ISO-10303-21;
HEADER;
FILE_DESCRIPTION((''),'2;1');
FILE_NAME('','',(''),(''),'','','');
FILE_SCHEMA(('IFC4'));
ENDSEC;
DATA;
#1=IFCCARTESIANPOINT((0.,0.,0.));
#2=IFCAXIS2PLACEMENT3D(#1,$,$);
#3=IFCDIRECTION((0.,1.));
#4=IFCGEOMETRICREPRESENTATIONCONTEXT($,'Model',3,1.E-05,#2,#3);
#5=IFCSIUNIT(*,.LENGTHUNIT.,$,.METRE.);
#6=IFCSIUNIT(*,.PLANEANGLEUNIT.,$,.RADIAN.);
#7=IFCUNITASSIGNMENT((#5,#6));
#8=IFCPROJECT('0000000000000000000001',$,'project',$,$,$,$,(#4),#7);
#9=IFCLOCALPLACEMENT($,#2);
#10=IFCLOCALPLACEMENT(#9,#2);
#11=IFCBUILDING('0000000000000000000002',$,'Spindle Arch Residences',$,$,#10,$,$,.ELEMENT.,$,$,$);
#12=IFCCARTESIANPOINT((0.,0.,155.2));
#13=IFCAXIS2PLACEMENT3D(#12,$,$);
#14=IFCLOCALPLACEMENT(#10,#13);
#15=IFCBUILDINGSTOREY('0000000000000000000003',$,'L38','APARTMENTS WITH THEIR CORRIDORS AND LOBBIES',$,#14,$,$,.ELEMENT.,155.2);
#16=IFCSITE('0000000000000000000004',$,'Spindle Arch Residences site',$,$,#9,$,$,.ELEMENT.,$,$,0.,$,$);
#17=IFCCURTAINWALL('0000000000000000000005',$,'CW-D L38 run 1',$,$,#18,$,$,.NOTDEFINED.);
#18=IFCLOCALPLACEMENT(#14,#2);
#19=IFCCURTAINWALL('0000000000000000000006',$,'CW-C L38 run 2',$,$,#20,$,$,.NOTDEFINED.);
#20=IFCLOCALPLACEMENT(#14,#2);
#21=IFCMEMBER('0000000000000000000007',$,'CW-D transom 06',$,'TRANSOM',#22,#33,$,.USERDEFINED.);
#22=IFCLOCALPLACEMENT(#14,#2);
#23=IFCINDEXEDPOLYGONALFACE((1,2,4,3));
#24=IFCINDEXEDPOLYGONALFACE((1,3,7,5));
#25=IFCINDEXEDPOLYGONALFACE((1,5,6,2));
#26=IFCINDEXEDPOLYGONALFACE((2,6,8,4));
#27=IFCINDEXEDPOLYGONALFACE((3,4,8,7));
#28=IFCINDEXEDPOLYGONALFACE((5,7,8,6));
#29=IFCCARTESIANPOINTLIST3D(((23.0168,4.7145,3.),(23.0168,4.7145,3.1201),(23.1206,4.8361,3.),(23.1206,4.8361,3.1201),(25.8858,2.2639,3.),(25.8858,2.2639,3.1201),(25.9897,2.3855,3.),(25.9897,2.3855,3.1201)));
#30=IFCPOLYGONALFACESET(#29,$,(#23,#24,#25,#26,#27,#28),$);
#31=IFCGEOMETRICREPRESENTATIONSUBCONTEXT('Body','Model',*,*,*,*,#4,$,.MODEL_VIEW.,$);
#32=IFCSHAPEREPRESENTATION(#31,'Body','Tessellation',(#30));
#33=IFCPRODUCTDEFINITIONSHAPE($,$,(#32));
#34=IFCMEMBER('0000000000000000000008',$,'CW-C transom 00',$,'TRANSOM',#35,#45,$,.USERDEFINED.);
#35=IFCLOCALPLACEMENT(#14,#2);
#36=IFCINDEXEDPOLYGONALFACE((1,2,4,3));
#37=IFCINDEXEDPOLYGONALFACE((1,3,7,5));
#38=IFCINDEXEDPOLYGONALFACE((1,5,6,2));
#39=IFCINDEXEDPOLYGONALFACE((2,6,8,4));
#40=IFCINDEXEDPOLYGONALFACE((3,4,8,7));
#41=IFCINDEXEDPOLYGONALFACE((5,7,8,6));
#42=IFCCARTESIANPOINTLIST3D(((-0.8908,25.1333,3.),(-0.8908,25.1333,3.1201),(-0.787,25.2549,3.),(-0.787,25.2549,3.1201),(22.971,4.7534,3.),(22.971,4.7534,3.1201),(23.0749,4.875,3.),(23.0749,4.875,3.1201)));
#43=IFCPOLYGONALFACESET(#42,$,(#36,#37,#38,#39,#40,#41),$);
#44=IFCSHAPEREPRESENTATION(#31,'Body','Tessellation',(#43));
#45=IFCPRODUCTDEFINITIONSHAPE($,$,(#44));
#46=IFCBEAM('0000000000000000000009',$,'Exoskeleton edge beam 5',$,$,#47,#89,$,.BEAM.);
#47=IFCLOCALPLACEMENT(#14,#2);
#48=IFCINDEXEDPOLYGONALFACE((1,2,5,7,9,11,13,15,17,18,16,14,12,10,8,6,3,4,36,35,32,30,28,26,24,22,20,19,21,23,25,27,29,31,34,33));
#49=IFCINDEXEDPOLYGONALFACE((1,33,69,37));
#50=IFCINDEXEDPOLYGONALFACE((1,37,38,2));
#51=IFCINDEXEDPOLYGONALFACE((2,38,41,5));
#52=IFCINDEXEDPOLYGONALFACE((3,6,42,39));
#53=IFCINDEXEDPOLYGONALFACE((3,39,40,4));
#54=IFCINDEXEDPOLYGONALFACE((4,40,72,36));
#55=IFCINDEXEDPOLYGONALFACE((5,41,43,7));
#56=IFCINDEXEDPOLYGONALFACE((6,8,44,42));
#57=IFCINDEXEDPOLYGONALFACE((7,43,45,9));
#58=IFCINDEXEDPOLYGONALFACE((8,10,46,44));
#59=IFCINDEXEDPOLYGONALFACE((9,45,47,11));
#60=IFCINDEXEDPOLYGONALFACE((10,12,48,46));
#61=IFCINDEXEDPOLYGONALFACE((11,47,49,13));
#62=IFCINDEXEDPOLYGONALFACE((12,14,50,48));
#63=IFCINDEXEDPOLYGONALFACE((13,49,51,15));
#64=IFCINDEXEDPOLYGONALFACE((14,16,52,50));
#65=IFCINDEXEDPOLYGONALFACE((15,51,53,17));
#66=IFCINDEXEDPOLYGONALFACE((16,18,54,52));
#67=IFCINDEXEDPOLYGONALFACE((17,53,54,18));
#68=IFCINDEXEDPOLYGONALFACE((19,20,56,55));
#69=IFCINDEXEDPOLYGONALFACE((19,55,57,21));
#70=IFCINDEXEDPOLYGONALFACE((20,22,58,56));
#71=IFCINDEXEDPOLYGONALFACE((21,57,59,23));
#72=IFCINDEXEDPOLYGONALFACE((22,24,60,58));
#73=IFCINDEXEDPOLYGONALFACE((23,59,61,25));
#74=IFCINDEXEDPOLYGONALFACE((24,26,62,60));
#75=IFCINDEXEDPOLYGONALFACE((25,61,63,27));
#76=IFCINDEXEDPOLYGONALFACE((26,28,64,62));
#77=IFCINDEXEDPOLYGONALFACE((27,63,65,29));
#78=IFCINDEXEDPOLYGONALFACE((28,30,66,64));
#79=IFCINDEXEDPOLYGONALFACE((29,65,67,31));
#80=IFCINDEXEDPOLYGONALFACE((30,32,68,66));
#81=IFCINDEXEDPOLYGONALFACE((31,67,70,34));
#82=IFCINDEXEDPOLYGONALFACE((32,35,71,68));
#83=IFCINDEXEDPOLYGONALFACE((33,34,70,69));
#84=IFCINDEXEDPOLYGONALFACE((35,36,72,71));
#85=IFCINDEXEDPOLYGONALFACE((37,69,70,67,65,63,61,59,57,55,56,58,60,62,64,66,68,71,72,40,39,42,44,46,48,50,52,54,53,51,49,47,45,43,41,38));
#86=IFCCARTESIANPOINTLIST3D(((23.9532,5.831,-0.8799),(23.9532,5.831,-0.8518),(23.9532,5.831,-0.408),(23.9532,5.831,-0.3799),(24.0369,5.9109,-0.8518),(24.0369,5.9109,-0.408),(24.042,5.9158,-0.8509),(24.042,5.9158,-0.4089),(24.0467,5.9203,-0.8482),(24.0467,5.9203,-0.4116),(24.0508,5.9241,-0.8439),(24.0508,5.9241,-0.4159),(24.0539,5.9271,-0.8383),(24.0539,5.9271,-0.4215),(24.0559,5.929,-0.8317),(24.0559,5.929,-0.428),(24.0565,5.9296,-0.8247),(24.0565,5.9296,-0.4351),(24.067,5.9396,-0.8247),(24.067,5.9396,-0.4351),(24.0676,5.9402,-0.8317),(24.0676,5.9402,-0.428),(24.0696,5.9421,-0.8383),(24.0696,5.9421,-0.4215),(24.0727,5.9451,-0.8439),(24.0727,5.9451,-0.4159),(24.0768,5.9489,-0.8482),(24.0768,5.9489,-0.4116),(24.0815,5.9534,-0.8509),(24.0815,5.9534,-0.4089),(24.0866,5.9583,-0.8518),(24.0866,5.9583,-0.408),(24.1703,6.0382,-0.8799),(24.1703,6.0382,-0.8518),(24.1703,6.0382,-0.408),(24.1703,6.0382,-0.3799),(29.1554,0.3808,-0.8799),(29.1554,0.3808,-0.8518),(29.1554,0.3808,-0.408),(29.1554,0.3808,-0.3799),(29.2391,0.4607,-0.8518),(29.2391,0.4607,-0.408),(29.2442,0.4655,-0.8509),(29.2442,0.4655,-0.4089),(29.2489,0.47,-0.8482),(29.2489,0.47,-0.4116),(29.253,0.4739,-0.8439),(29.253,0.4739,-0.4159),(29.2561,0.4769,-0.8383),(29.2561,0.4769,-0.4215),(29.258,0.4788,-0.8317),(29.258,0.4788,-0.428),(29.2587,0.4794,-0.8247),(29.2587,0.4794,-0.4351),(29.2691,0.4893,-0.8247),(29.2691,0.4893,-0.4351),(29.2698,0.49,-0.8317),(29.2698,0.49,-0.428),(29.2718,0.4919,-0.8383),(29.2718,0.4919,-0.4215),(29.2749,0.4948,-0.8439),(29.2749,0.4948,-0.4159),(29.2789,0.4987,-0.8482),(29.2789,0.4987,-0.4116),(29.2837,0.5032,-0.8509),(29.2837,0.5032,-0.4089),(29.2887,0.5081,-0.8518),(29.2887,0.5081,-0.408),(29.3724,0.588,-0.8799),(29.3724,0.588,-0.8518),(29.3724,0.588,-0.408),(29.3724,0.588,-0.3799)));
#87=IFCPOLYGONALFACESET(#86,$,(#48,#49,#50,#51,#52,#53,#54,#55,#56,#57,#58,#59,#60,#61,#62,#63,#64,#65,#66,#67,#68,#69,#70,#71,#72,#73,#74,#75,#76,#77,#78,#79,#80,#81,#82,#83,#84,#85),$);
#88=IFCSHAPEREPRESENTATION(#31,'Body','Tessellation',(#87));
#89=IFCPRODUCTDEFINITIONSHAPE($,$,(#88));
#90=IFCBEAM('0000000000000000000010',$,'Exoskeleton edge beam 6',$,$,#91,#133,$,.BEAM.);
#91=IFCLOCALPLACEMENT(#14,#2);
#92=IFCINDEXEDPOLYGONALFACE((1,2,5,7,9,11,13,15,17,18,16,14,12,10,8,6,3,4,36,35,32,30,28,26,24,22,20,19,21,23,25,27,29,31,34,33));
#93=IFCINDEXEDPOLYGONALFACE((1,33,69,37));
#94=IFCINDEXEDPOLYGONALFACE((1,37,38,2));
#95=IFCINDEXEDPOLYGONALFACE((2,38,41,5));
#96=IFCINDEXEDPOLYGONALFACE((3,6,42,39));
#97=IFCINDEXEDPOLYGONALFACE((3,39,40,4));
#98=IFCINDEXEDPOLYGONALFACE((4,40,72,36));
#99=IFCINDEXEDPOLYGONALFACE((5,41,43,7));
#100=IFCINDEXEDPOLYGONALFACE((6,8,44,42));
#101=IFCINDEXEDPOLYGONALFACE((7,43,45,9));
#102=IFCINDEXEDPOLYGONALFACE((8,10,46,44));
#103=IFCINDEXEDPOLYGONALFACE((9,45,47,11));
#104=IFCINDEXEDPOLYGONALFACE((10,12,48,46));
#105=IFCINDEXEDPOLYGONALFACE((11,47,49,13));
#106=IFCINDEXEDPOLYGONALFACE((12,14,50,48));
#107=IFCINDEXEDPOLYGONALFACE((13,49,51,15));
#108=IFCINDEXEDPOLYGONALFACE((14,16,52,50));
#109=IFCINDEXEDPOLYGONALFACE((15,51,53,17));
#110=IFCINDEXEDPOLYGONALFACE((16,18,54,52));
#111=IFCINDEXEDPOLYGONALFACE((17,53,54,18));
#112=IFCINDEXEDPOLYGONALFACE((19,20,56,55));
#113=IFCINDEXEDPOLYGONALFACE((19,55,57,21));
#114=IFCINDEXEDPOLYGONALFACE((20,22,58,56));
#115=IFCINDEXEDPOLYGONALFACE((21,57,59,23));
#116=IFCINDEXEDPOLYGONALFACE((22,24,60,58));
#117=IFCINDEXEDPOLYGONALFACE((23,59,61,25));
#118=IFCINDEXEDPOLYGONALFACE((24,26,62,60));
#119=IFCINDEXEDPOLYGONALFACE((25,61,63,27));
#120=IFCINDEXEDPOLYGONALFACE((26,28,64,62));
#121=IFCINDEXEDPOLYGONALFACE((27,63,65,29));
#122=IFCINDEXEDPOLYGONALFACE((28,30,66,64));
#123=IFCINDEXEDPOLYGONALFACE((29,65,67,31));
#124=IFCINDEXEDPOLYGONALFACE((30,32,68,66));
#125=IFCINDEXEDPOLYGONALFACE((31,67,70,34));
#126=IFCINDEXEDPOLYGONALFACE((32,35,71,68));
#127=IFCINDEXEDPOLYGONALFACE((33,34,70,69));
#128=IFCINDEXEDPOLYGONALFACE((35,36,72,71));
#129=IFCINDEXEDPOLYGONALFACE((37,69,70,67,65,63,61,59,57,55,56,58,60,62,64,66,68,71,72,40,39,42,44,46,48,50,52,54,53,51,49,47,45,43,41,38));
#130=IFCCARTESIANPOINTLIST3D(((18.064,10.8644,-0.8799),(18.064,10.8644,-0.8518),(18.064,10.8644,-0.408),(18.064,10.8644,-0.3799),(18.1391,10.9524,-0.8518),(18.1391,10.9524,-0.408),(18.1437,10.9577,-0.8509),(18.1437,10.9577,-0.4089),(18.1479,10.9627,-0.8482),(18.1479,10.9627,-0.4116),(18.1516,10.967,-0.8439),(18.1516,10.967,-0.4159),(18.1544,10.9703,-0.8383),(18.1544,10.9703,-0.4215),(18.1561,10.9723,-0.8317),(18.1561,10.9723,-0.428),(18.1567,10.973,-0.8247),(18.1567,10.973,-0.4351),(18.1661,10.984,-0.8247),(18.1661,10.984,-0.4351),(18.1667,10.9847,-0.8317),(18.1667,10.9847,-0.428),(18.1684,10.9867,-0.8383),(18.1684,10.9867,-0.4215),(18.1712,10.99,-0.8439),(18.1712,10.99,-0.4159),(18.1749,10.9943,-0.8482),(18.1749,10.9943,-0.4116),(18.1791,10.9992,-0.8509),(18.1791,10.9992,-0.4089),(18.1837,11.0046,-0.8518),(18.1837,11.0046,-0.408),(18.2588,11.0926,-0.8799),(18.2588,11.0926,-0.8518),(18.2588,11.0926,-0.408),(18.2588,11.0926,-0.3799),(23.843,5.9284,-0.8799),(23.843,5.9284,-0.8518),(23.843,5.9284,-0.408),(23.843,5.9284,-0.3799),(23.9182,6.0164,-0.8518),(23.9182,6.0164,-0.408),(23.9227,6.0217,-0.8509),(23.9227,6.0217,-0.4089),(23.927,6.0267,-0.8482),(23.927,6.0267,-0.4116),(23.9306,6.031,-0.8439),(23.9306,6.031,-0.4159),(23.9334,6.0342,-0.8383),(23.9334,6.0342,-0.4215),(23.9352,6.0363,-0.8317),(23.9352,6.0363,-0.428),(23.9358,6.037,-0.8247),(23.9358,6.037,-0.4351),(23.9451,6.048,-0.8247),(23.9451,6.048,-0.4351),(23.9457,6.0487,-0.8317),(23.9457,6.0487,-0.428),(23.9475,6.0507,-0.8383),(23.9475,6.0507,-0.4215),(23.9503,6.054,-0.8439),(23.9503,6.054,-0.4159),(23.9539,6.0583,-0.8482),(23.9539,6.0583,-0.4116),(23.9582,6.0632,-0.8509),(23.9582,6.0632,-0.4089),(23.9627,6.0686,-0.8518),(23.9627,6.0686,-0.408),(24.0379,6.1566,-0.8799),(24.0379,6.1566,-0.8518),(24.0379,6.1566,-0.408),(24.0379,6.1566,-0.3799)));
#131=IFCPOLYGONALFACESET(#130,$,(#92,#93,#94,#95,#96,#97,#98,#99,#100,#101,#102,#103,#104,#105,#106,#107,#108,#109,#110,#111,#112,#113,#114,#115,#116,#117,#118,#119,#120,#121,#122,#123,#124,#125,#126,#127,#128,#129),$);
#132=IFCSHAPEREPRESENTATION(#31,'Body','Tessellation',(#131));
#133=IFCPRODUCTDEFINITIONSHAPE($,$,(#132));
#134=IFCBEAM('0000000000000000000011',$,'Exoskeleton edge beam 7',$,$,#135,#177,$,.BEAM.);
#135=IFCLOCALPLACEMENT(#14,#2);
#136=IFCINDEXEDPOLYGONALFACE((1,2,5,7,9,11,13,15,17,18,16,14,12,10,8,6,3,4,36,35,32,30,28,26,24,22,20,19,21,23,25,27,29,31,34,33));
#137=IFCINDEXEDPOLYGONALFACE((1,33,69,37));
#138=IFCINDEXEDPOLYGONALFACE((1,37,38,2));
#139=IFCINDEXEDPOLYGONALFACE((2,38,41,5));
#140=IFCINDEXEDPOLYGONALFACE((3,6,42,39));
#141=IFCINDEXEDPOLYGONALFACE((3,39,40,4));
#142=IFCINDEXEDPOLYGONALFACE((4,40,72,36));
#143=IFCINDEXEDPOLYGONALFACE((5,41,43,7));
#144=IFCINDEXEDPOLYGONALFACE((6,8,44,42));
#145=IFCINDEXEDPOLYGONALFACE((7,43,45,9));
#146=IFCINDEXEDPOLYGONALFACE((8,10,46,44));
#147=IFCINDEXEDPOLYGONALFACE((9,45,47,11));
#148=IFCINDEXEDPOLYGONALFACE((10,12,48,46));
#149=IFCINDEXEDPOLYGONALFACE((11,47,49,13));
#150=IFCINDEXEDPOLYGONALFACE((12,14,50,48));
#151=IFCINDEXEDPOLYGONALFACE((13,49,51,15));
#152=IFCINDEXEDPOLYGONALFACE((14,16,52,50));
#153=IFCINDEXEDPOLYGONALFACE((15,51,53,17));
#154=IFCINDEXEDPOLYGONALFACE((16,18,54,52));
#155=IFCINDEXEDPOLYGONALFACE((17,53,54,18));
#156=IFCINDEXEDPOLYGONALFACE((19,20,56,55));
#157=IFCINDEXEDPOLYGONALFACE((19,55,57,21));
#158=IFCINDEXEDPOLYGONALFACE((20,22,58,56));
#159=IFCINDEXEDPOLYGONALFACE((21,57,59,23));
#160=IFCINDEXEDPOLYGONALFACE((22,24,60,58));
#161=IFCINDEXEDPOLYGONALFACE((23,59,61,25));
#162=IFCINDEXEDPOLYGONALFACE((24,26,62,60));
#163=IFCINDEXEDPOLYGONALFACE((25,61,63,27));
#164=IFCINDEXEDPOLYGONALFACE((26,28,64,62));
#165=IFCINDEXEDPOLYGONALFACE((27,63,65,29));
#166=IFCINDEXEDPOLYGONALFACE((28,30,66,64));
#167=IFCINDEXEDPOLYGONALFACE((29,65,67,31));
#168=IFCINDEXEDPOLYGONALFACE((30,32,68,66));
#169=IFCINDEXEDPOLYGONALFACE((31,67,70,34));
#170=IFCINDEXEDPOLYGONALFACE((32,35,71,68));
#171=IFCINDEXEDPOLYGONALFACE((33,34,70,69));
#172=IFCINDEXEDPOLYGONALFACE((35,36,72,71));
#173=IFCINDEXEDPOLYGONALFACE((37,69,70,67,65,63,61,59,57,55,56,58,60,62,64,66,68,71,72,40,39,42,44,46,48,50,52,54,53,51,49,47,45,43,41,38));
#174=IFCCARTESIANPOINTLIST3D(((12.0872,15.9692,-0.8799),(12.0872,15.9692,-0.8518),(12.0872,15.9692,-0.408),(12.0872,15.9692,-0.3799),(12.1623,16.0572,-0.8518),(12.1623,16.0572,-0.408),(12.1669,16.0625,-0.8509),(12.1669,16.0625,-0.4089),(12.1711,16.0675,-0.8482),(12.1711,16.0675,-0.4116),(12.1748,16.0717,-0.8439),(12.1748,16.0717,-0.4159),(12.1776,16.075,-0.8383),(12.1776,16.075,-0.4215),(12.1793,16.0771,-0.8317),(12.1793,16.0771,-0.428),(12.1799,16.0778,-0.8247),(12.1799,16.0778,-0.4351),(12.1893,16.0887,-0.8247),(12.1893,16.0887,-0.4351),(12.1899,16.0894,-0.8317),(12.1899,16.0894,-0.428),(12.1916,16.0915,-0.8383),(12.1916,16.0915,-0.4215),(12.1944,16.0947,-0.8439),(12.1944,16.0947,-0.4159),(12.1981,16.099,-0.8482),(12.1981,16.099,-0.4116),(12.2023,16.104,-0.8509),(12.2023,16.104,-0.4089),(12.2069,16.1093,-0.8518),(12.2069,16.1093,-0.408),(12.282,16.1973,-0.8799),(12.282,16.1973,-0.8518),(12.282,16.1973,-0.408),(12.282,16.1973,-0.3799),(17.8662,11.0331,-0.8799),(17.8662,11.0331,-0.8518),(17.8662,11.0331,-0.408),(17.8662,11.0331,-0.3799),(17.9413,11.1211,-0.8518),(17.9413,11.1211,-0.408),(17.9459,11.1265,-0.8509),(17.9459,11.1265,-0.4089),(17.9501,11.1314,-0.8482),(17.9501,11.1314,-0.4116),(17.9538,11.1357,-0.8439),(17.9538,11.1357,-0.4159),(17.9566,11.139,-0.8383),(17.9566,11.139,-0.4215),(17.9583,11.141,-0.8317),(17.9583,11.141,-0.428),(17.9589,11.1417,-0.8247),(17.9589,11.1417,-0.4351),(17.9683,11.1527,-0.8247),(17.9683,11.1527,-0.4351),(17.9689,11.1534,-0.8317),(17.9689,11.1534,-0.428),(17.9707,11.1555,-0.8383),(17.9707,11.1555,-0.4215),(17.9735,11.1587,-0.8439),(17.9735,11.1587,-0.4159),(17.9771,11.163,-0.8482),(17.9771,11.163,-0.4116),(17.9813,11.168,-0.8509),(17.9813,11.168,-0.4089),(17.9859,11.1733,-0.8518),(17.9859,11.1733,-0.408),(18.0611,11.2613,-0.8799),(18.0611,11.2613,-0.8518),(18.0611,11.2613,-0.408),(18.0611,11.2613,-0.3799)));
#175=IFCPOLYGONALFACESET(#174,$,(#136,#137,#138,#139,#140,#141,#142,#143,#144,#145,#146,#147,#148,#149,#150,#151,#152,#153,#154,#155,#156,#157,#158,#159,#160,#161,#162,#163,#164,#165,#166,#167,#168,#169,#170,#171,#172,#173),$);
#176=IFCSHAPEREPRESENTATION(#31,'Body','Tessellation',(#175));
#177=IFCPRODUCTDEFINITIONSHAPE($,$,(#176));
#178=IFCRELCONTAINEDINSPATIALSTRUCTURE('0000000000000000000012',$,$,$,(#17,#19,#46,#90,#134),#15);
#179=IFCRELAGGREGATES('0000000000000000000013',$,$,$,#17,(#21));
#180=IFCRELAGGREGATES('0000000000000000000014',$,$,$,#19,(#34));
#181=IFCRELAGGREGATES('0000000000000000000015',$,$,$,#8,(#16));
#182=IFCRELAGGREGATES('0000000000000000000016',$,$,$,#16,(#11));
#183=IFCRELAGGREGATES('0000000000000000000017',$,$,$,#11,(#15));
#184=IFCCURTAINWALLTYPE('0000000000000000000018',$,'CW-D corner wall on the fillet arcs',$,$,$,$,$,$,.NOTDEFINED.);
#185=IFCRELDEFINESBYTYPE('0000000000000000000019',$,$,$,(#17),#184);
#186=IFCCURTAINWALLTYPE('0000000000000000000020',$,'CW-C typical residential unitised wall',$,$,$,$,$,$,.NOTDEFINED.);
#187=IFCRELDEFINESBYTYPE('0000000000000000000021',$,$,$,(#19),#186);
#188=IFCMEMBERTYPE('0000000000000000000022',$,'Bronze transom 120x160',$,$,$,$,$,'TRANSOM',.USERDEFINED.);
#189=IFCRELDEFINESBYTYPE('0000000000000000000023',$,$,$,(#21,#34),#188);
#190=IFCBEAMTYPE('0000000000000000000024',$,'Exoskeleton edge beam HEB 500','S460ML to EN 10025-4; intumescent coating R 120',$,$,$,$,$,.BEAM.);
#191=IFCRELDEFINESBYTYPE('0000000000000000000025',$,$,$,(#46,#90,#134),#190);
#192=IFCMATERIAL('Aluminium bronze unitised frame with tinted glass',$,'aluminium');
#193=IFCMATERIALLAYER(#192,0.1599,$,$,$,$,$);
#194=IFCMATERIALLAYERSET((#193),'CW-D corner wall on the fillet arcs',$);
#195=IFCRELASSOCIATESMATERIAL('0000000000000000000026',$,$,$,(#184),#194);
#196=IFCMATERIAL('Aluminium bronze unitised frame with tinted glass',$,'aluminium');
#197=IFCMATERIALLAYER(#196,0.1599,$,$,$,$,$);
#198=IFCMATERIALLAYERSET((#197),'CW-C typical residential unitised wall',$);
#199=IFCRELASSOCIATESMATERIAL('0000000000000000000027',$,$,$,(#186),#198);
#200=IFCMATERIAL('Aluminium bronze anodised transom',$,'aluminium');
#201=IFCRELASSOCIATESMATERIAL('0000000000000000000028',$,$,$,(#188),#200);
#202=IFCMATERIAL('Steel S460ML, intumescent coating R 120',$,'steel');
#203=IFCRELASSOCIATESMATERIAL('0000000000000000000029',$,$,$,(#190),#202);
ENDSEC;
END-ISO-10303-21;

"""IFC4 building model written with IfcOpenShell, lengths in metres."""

from ifc_helpers import new_model, si_unit, direction, frame, origin, origin_2d, place, context, subcontext, project, spatial, rectangle, i_section, extrude, material, layer, layer_set, material_profile, profile_set, type_object, element, aggregate, save


model = new_model("IFC4")

# Units and contexts
model_context = context("Model", 3, precision=1e-05, world=origin(), true_north=direction((0.0, 1.0)))
body_context = subcontext(model_context, "Body", "Model", "MODEL_VIEW")
ifc_project = project(units=[si_unit("LENGTHUNIT", "METRE"), si_unit("PLANEANGLEUNIT", "RADIAN")], contexts=[model_context])

# Site, building, storey
site_placement = place(None, origin())
site = spatial("IfcSite", under=ifc_project, at=site_placement, Name="Spindle Arch Residences site", CompositionType="ELEMENT", RefElevation=0.0)
building_placement = place(site_placement, origin())
building = spatial("IfcBuilding", under=site, at=building_placement, Name="Spindle Arch Residences", CompositionType="ELEMENT")
storey_placement = place(building_placement, frame((0.0, 0.0, 155.2)))
storey = spatial("IfcBuildingStorey", under=building, at=storey_placement, Name="L38", Description="APARTMENTS WITH THEIR CORRIDORS AND LOBBIES", CompositionType="ELEMENT", Elevation=155.2)

# Curtain wall
ifc_material_1 = material(Name="Aluminium bronze unitised frame with tinted glass", Category="aluminium")
ifc_layer_1 = layer(ifc_material_1, 0.1599)
ifc_layer_set_1 = layer_set([ifc_layer_1], Name="CW-D corner wall on the fillet arcs")
curtain_wall_type_1 = type_object("IfcCurtainWallType", Name="CW-D corner wall on the fillet arcs", PredefinedType="NOTDEFINED", material=ifc_layer_set_1)
curtain_wall_1_placement = place(storey_placement, origin())
curtain_wall_1 = element("IfcCurtainWall", 1, at=curtain_wall_1_placement, inside=storey, type_object=curtain_wall_type_1, Name="CW-D L38 run 1", PredefinedType="NOTDEFINED")

# Curtain wall
ifc_material_2 = material(Name="Aluminium bronze unitised frame with tinted glass", Category="aluminium")
ifc_layer_2 = layer(ifc_material_2, 0.1599)
ifc_layer_set_2 = layer_set([ifc_layer_2], Name="CW-C typical residential unitised wall")
curtain_wall_type_2 = type_object("IfcCurtainWallType", Name="CW-C typical residential unitised wall", PredefinedType="NOTDEFINED", material=ifc_layer_set_2)
curtain_wall_2_placement = place(storey_placement, origin())
curtain_wall_2 = element("IfcCurtainWall", 2, at=curtain_wall_2_placement, inside=storey, type_object=curtain_wall_type_2, Name="CW-C L38 run 2", PredefinedType="NOTDEFINED")

# Members
ifc_material_3 = material(Name="Aluminium bronze anodised transom", Category="aluminium")
ifc_material_profile_1 = material_profile(ifc_material_3, rectangle(XDim=0.1599, YDim=0.1201, at=origin_2d()), Name="TR 120x160")
ifc_profile_set_1 = profile_set([ifc_material_profile_1], Name="Aluminium bronze anodised transom")
member_type_1 = type_object("IfcMemberType", Name="Bronze transom 120x160", ElementType="TRANSOM", PredefinedType="USERDEFINED", material=ifc_profile_set_1)
member_1_placement = place(storey_placement, frame((25.9377, 2.3247, 3.0601), z_axis=(-0.760379, 0.64948, 0.0), x_axis=(-0.64948, -0.760379, 0.0)))
member_1 = element("IfcMember", 3, at=member_1_placement, type_object=member_type_1, Name="CW-D transom 06", ObjectType="TRANSOM", PredefinedType="USERDEFINED", context=body_context, shape_type="SweptSolid", body=[
    extrude(rectangle(XDim=0.1599, YDim=0.1201, at=origin_2d()), origin(), (0.0, 0.0, 1.0), 3.7732),
])
member_2_placement = place(storey_placement, frame((23.0229, 4.8142, 3.0601), z_axis=(-0.760406, 0.649447, 0.0), x_axis=(-0.649447, -0.760406, 0.0)))
member_2 = element("IfcMember", 4, at=member_2_placement, type_object=member_type_1, Name="CW-C transom 00", ObjectType="TRANSOM", PredefinedType="USERDEFINED", context=body_context, shape_type="SweptSolid", body=[
    extrude(rectangle(XDim=0.1599, YDim=0.1201, at=origin_2d()), origin(), (0.0, 0.0, 1.0), 31.3804),
])

# Beams
ifc_material_4 = material(Name="Steel S460ML, intumescent coating R 120", Category="steel")
ifc_material_profile_2 = material_profile(ifc_material_4, i_section(OverallWidth=0.3, OverallDepth=0.5, WebThickness=0.0144, FlangeThickness=0.0281, FilletRadius=0.0271, at=origin_2d()), Name="HEB 500")
ifc_profile_set_2 = profile_set([ifc_material_profile_2], Name="Steel S460ML, intumescent coating R 120")
beam_type_1 = type_object("IfcBeamType", Name="Exoskeleton edge beam HEB 500", Description="S460ML to EN 10025-4; intumescent coating R 120", PredefinedType="BEAM", material=ifc_profile_set_2)
beam_1_placement = place(storey_placement, frame((29.2639, 0.4844, -0.6299), z_axis=(-0.690454, 0.723376, 0.0), x_axis=(-0.723376, -0.690454, 0.0)))
element("IfcBeam", 5, at=beam_1_placement, inside=storey, type_object=beam_type_1, Name="Exoskeleton edge beam 5", PredefinedType="BEAM", context=body_context, shape_type="SweptSolid", body=[
    extrude(i_section(OverallWidth=0.3, OverallDepth=0.5, WebThickness=0.0144, FlangeThickness=0.0281, FilletRadius=0.0271, at=origin_2d()), origin(), (0.0, 0.0, 1.0), 7.5344),
])
for number, where, z_axis, x_axis, name in (
    (6, (23.9404, 6.0425, -0.6299), (-0.760389, 0.649468, 0.0), (-0.649468, -0.760389, 0.0), "Exoskeleton edge beam 6"),
    (7, (17.9636, 11.1472, -0.6299), (-0.760389, 0.649468, 0.0), (-0.649468, -0.760389, 0.0), "Exoskeleton edge beam 7"),
):
    element("IfcBeam", number, at=place(storey_placement, frame(where, z_axis=z_axis, x_axis=x_axis)), inside=storey, type_object=beam_type_1, Name=name, PredefinedType="BEAM", context=body_context, shape_type="SweptSolid", body=[
        extrude(i_section(OverallWidth=0.3, OverallDepth=0.5, WebThickness=0.0144, FlangeThickness=0.0281, FilletRadius=0.0271, at=origin_2d()), origin(), (0.0, 0.0, 1.0), 7.6001),
    ])

aggregate(curtain_wall_1, [member_1])
aggregate(curtain_wall_2, [member_2])

save(model, "model.ifc")
